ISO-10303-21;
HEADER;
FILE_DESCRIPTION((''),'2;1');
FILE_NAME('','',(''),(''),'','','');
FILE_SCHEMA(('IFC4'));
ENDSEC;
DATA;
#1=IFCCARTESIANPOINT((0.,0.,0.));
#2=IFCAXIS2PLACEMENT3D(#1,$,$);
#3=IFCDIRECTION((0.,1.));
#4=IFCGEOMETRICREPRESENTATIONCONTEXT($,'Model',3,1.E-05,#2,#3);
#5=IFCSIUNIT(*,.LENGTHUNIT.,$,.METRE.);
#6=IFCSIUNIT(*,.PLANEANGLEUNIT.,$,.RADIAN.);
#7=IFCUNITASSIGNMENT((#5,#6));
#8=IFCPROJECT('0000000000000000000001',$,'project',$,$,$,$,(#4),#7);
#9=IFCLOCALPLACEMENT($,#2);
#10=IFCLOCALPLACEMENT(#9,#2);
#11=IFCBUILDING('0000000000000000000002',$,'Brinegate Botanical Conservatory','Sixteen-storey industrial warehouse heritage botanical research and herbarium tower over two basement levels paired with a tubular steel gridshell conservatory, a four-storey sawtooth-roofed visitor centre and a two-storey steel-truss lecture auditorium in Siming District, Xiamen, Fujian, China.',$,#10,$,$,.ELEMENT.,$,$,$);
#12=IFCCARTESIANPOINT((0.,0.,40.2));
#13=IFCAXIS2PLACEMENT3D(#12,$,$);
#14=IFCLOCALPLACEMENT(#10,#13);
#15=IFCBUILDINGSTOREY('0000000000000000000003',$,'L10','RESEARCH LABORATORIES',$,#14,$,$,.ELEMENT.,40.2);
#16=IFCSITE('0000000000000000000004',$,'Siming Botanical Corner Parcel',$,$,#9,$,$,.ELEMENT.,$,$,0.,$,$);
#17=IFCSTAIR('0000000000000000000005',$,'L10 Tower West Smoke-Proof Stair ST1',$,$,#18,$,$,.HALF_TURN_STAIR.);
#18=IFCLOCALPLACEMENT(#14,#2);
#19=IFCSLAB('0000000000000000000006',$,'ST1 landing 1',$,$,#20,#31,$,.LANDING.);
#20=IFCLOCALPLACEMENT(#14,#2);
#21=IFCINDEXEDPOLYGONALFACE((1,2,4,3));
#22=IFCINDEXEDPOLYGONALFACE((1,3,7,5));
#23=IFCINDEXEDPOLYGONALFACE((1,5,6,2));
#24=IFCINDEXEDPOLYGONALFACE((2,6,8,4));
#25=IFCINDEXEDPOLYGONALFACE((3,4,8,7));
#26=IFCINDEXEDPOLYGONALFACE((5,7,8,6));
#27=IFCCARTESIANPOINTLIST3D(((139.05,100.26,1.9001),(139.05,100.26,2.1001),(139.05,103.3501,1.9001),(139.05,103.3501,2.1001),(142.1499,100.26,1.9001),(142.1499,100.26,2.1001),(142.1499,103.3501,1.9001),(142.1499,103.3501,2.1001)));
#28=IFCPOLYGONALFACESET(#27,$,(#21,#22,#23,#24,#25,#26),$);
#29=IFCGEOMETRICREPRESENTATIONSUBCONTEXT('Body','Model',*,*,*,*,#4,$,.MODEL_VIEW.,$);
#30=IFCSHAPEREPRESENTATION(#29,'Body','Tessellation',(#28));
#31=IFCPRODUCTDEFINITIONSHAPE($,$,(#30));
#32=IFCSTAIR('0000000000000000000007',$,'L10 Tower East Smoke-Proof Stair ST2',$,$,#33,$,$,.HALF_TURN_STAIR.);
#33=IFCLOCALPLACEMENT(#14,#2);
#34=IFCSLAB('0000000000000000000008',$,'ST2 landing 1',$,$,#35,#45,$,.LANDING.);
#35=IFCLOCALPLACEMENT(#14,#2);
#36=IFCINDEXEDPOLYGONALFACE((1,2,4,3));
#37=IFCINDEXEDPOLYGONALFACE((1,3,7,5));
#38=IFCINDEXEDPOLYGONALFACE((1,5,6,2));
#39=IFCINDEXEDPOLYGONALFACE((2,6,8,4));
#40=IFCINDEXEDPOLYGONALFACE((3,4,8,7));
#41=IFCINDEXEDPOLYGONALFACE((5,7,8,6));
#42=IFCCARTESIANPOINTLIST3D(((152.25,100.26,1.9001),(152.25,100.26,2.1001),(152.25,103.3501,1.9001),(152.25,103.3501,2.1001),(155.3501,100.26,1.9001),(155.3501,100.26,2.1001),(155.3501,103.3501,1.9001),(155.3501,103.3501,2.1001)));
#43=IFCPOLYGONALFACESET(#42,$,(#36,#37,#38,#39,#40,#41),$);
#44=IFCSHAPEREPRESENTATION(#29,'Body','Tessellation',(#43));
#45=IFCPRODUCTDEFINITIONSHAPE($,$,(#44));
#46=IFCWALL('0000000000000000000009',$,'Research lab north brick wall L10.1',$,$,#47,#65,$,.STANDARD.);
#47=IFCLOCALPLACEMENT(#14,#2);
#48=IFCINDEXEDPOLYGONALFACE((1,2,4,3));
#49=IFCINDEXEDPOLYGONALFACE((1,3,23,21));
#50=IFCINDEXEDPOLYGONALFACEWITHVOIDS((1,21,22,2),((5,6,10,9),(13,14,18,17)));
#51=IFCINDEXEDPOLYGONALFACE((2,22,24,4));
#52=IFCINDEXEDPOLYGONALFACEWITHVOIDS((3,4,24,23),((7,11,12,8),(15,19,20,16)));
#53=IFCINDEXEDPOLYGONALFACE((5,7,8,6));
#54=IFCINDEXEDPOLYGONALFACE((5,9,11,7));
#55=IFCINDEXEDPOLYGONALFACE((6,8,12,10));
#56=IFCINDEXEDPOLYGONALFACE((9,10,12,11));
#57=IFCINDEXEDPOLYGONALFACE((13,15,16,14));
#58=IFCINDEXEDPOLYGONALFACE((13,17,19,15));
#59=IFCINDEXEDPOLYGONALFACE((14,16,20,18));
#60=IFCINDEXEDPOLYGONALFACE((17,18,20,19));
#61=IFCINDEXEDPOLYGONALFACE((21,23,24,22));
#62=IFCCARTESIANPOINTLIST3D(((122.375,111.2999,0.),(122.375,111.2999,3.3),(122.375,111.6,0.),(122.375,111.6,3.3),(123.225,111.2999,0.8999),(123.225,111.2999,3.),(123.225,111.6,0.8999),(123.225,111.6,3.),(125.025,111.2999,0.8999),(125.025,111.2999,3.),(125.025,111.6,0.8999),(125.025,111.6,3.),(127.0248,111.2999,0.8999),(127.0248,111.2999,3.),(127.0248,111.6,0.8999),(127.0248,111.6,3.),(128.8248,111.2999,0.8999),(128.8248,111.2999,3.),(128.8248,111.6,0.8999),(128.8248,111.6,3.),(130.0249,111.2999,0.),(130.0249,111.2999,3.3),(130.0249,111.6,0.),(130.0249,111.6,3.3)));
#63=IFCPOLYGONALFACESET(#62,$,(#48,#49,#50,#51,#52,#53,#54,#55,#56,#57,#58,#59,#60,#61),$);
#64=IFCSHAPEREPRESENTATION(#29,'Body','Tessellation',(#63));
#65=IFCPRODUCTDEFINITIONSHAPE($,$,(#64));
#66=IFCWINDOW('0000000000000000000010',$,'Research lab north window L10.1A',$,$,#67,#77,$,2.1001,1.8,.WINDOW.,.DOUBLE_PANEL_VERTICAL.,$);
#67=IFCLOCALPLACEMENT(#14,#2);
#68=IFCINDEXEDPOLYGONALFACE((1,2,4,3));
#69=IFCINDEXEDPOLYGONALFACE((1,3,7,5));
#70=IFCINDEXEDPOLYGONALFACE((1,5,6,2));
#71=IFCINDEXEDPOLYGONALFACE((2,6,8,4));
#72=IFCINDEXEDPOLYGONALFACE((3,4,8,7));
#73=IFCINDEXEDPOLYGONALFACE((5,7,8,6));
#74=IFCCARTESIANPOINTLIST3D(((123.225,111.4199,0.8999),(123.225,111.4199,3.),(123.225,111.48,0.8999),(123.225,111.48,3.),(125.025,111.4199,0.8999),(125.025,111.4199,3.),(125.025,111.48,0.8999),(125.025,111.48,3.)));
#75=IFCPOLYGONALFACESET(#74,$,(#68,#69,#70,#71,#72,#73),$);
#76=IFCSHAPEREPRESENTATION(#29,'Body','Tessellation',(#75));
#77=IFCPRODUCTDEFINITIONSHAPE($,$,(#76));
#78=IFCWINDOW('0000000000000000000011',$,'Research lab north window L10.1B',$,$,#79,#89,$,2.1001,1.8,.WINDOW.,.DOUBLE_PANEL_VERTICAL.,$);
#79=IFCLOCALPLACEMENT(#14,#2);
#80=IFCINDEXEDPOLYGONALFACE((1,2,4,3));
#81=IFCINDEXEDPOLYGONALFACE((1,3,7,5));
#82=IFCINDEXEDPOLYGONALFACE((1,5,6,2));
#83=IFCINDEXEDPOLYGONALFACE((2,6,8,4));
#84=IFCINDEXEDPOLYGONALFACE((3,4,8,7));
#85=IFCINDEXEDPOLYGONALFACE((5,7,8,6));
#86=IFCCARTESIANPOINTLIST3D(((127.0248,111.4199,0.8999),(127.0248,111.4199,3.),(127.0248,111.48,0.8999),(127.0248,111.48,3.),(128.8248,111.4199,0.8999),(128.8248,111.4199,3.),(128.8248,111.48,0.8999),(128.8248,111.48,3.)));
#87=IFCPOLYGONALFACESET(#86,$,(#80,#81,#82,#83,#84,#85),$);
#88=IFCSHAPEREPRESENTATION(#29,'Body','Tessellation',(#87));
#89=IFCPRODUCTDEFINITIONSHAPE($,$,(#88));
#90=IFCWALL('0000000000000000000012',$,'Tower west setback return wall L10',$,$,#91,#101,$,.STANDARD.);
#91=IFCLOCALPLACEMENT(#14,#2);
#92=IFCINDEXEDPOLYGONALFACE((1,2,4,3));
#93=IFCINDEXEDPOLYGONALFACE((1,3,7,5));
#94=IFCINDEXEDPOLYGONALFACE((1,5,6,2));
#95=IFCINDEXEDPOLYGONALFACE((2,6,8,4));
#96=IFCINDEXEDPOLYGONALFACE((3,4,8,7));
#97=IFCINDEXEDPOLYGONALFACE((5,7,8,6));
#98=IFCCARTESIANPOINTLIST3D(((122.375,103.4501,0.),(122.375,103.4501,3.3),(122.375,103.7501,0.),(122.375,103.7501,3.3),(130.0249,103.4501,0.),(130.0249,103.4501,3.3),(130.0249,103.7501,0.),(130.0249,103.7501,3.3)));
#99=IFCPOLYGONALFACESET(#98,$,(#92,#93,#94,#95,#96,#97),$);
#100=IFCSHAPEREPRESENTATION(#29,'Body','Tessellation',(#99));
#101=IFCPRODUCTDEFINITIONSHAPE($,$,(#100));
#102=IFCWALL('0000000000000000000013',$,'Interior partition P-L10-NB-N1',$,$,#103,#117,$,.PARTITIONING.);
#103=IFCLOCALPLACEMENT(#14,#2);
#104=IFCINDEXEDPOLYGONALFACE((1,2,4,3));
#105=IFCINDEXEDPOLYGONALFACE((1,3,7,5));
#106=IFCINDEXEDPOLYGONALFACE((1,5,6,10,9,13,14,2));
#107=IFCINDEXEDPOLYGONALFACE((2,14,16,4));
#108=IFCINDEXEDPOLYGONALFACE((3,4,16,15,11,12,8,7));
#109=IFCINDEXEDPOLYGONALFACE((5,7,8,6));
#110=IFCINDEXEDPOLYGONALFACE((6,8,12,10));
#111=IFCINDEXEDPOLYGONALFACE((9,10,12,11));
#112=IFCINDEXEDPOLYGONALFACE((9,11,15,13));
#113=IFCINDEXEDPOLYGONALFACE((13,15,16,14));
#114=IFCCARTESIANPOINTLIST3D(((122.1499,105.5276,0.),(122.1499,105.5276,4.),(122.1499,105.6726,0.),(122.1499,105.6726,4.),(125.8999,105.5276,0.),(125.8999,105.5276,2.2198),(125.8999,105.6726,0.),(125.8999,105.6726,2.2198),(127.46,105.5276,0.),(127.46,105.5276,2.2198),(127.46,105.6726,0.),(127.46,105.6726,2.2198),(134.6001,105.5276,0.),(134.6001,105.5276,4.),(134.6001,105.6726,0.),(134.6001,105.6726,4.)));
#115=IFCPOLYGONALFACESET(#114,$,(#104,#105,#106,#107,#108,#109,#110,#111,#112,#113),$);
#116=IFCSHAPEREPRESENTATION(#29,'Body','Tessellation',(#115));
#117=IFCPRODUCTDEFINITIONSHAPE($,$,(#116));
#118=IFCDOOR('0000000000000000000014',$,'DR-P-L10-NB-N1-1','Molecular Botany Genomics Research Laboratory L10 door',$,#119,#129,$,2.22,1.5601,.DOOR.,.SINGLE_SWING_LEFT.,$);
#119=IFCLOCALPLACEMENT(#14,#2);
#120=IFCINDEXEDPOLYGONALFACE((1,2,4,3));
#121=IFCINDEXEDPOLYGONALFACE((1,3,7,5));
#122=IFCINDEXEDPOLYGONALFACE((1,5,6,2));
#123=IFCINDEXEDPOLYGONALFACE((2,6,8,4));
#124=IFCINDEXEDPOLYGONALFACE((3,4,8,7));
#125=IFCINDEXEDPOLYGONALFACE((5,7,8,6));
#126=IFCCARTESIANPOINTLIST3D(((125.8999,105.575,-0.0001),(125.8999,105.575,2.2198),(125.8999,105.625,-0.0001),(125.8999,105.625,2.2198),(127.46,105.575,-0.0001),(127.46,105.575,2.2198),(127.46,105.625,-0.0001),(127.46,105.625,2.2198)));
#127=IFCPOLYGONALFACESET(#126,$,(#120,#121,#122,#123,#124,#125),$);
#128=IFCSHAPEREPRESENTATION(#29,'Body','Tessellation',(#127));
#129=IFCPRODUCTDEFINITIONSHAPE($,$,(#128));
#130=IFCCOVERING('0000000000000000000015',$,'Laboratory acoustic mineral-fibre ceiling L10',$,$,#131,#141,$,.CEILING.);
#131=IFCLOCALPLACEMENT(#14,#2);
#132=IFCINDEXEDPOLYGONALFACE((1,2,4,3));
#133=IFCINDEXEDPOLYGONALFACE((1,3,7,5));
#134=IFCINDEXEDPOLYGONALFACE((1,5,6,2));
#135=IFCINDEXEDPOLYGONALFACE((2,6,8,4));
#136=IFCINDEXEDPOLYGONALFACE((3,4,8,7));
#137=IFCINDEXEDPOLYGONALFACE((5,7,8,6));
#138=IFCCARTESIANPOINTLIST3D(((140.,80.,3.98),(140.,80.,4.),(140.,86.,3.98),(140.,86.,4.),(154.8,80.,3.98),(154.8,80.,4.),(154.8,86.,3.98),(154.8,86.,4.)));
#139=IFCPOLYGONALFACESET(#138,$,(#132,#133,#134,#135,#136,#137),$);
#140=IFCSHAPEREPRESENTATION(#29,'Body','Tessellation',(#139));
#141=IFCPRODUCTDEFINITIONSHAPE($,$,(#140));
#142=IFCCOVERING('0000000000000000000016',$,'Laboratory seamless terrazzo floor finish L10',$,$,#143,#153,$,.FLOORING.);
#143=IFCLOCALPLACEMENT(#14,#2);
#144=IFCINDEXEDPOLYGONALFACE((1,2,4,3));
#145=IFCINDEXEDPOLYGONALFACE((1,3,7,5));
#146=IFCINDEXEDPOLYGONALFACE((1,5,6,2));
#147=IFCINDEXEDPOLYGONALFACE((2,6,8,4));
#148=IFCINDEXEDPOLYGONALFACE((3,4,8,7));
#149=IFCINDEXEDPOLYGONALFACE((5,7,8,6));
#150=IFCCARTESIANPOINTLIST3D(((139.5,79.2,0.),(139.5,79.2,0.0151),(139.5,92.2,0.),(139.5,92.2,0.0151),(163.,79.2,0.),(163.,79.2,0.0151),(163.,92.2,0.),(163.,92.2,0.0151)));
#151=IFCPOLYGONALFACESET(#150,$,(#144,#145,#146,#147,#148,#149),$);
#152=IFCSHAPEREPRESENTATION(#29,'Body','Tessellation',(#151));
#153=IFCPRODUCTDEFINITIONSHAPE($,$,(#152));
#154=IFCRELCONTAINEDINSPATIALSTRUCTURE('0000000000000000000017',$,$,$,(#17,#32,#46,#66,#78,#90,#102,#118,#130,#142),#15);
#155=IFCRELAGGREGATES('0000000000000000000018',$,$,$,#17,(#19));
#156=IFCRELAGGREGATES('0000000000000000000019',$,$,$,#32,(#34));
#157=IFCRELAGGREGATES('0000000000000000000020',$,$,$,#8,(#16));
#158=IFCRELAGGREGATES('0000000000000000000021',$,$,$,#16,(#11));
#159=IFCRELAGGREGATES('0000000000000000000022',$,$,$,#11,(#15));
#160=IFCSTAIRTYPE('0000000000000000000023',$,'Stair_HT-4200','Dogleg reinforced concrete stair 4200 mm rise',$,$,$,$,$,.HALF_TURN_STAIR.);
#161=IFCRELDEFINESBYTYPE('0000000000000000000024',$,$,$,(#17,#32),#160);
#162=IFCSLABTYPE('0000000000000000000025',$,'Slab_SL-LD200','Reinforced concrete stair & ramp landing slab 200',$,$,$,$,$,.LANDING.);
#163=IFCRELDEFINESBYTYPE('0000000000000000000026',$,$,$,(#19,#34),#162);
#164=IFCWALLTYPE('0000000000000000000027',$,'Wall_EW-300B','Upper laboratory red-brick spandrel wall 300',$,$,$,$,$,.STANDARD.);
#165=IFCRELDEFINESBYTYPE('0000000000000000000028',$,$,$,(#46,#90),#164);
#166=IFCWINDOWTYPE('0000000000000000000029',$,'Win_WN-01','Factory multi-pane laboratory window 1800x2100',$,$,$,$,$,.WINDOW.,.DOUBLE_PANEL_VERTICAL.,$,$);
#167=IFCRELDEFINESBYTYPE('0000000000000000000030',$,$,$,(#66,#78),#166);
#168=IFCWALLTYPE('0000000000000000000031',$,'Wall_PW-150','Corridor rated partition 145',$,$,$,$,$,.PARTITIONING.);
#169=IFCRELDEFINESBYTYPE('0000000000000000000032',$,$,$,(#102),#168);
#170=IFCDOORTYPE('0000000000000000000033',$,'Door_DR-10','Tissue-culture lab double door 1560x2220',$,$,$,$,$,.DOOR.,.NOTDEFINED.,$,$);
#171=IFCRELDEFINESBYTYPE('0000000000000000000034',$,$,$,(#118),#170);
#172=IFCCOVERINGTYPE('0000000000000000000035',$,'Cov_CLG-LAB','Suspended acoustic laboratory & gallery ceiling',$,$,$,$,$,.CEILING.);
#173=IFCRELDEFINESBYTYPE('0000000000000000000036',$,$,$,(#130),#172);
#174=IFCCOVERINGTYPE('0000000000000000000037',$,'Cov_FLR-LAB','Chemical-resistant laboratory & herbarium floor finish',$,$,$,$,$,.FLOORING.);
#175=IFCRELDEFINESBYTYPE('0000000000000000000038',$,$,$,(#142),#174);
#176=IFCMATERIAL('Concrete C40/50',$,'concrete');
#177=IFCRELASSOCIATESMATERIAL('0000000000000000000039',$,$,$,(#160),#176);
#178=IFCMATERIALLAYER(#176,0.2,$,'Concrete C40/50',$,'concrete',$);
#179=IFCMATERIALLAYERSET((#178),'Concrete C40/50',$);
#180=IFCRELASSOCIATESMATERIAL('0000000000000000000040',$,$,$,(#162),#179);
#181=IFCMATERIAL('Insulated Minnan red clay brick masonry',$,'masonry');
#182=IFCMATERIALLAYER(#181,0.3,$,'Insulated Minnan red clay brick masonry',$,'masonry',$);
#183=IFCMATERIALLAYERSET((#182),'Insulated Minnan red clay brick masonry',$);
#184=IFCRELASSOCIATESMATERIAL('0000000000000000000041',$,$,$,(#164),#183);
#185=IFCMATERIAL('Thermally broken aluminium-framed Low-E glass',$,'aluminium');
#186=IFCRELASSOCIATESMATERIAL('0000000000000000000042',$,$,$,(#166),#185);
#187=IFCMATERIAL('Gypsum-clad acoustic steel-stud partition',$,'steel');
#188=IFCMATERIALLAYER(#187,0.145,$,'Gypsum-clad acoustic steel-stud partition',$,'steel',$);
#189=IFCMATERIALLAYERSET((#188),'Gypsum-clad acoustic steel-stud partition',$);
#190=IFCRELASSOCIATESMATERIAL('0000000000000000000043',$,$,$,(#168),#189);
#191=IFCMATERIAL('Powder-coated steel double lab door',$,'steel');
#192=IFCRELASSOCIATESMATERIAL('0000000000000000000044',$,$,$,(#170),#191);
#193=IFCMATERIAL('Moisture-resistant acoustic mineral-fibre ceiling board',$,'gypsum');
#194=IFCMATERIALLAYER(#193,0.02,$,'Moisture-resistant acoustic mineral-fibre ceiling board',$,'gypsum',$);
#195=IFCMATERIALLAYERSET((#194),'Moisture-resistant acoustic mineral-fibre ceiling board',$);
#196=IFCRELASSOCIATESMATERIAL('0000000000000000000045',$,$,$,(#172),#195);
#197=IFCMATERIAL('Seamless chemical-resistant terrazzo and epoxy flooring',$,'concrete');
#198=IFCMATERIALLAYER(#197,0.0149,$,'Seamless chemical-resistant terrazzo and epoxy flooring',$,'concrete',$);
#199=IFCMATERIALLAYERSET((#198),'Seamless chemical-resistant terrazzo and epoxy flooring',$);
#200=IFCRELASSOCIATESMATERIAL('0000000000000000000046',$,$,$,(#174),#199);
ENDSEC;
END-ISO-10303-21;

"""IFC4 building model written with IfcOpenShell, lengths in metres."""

from ifc_helpers import new_model, si_unit, direction, frame, frame_2d, origin, place, context, subcontext, project, spatial, polyline, rectangle, outline, extrude, material, layer, layer_set, type_object, element, fill, aggregate, save


model = new_model("IFC4")

# Units and contexts
model_context = context("Model", 3, precision=1e-05, world=origin(), true_north=direction((0.0, 1.0)))
body_context = subcontext(model_context, "Body", "Model", "MODEL_VIEW")
ifc_project = project(units=[si_unit("LENGTHUNIT", "METRE"), si_unit("PLANEANGLEUNIT", "RADIAN")], contexts=[model_context])

# Site, building, storey
site_placement = place(None, origin())
site = spatial("IfcSite", under=ifc_project, at=site_placement, Name="Siming Botanical Corner Parcel", CompositionType="ELEMENT", RefElevation=0.0)
building_placement = place(site_placement, origin())
building = spatial("IfcBuilding", under=site, at=building_placement, Name="Brinegate Botanical Conservatory", Description="Sixteen-storey industrial warehouse heritage botanical research and herbarium tower over two basement levels paired with a tubular steel gridshell conservatory, a four-storey sawtooth-roofed visitor centre and a two-storey steel-truss lecture auditorium in Siming District, Xiamen, Fujian, China.", CompositionType="ELEMENT")
storey_placement = place(building_placement, frame((0.0, 0.0, 40.2)))
storey = spatial("IfcBuildingStorey", under=building, at=storey_placement, Name="L10", Description="RESEARCH LABORATORIES", CompositionType="ELEMENT", Elevation=40.2)

# Shared definitions
ifc_material_1 = material(Name="Concrete C40/50", Category="concrete")

# Stairs, slabs
stair_type = type_object("IfcStairType", Name="Stair_HT-4200", Description="Dogleg reinforced concrete stair 4200 mm rise", PredefinedType="HALF_TURN_STAIR", material=ifc_material_1)
stair_1_placement = place(storey_placement, origin())
stair_1 = element("IfcStair", 1, at=stair_1_placement, inside=storey, type_object=stair_type, Name="L10 Tower West Smoke-Proof Stair ST1", PredefinedType="HALF_TURN_STAIR")
ifc_layer_1 = layer(ifc_material_1, 0.2, Name="Concrete C40/50", Category="concrete")
ifc_layer_set_1 = layer_set([ifc_layer_1], Name="Concrete C40/50")
slab_type_1 = type_object("IfcSlabType", Name="Slab_SL-LD200", Description="Reinforced concrete stair & ramp landing slab 200", PredefinedType="LANDING", material=ifc_layer_set_1)
slab_1_placement = place(storey_placement, frame((0.0, 0.0, 1.9001)))
slab_1 = element("IfcSlab", 2, at=slab_1_placement, type_object=slab_type_1, Name="ST1 landing 1", PredefinedType="LANDING", context=body_context, shape_type="SweptSolid", body=[
    extrude(outline(polyline([(142.1499, 100.26), (142.1499, 103.3501), (139.05, 103.3501), (139.05, 100.26), (142.1499, 100.26)])), origin(), (0.0, 0.0, 1.0), 0.2),
])
aggregate(stair_1, [slab_1])
stair_2_placement = place(storey_placement, origin())
stair_2 = element("IfcStair", 3, at=stair_2_placement, inside=storey, type_object=stair_type, Name="L10 Tower East Smoke-Proof Stair ST2", PredefinedType="HALF_TURN_STAIR")
slab_2_placement = place(storey_placement, frame((0.0, 0.0, 1.9001)))
slab_2 = element("IfcSlab", 4, at=slab_2_placement, type_object=slab_type_1, Name="ST2 landing 1", PredefinedType="LANDING", context=body_context, shape_type="SweptSolid", body=[
    extrude(outline(polyline([(155.3501, 100.26), (155.3501, 103.3501), (152.25, 103.3501), (152.25, 100.26), (155.3501, 100.26)])), origin(), (0.0, 0.0, 1.0), 0.2),
])
aggregate(stair_2, [slab_2])

# Wall, openings, windows
ifc_material_2 = material(Name="Insulated Minnan red clay brick masonry", Category="masonry")
ifc_layer_2 = layer(ifc_material_2, 0.3, Name="Insulated Minnan red clay brick masonry", Category="masonry")
ifc_layer_set_2 = layer_set([ifc_layer_2], Name="Insulated Minnan red clay brick masonry")
wall_type_1 = type_object("IfcWallType", Name="Wall_EW-300B", Description="Upper laboratory red-brick spandrel wall 300", PredefinedType="STANDARD", material=ifc_layer_set_2)
wall_1_placement = place(storey_placement, frame((122.375, 111.45, 0.0), z_axis=(0.0, 0.0, 1.0), x_axis=(1.0, 0.0, 0.0)))
wall_1 = element("IfcWall", 5, at=wall_1_placement, inside=storey, type_object=wall_type_1, Name="Research lab north brick wall L10.1", PredefinedType="STANDARD", context=body_context, shape_type="SweptSolid", body=[
    extrude(rectangle(XDim=7.6499, YDim=0.3, at=frame_2d((3.825, 0.0))), origin(), (0.0, 0.0, 1.0), 3.3),
])
opening_1_placement = place(wall_1_placement, frame((0.8501, 0.0, 0.8999)))
opening_1 = element("IfcOpeningElement", 6, at=opening_1_placement, cuts=wall_1, PredefinedType="OPENING", context=body_context, shape_type="SweptSolid", body=[
    extrude(rectangle(XDim=1.8, YDim=2.1001, at=frame_2d((0.8999, 1.05))), frame((0.0, 0.1599, 0.0), z_axis=(0.0, -1.0, 0.0), x_axis=(1.0, 0.0, 0.0)), (0.0, 0.0, 1.0), 0.3201),
])
opening_2_placement = place(wall_1_placement, frame((4.6499, 0.0, 0.8999)))
opening_2 = element("IfcOpeningElement", 7, at=opening_2_placement, cuts=wall_1, PredefinedType="OPENING", context=body_context, shape_type="SweptSolid", body=[
    extrude(rectangle(XDim=1.8, YDim=2.1001, at=frame_2d((0.8999, 1.05))), frame((0.0, 0.1599, 0.0), z_axis=(0.0, -1.0, 0.0), x_axis=(1.0, 0.0, 0.0)), (0.0, 0.0, 1.0), 0.3201),
])
ifc_material_3 = material(Name="Thermally broken aluminium-framed Low-E glass", Category="aluminium")
window_type = type_object("IfcWindowType", Name="Win_WN-01", Description="Factory multi-pane laboratory window 1800x2100", PartitioningType="DOUBLE_PANEL_VERTICAL", PredefinedType="WINDOW", material=ifc_material_3)
window_1_placement = place(opening_1_placement, origin())
window_1 = element("IfcWindow", 8, at=window_1_placement, inside=storey, type_object=window_type, Name="Research lab north window L10.1A", OverallHeight=2.1001, OverallWidth=1.8, PartitioningType="DOUBLE_PANEL_VERTICAL", PredefinedType="WINDOW", context=body_context, shape_type="SweptSolid", body=[
    extrude(rectangle(XDim=1.8, YDim=2.1001, at=frame_2d((0.8999, 1.05))), frame((0.0, 0.03, 0.0), z_axis=(0.0, -1.0, 0.0), x_axis=(1.0, 0.0, 0.0)), (0.0, 0.0, 1.0), 0.0601),
])
fill(opening_1, window_1)
window_2_placement = place(opening_2_placement, origin())
window_2 = element("IfcWindow", 9, at=window_2_placement, inside=storey, type_object=window_type, Name="Research lab north window L10.1B", OverallHeight=2.1001, OverallWidth=1.8, PartitioningType="DOUBLE_PANEL_VERTICAL", PredefinedType="WINDOW", context=body_context, shape_type="SweptSolid", body=[
    extrude(rectangle(XDim=1.8, YDim=2.1001, at=frame_2d((0.8999, 1.05))), frame((0.0, 0.03, 0.0), z_axis=(0.0, -1.0, 0.0), x_axis=(1.0, 0.0, 0.0)), (0.0, 0.0, 1.0), 0.0601),
])
fill(opening_2, window_2)

# Wall
wall_2_placement = place(storey_placement, frame((130.0249, 103.6001, 0.0), z_axis=(0.0, 0.0, 1.0), x_axis=(-1.0, 0.0, 0.0)))
element("IfcWall", 10, at=wall_2_placement, inside=storey, type_object=wall_type_1, Name="Tower west setback return wall L10", PredefinedType="STANDARD", context=body_context, shape_type="SweptSolid", body=[
    extrude(rectangle(XDim=7.6499, YDim=0.3, at=frame_2d((3.825, 0.0))), origin(), (0.0, 0.0, 1.0), 3.3),
])

# Wall, opening, door
ifc_material_4 = material(Name="Gypsum-clad acoustic steel-stud partition", Category="steel")
ifc_layer_3 = layer(ifc_material_4, 0.145, Name="Gypsum-clad acoustic steel-stud partition", Category="steel")
ifc_layer_set_3 = layer_set([ifc_layer_3], Name="Gypsum-clad acoustic steel-stud partition")
wall_type_2 = type_object("IfcWallType", Name="Wall_PW-150", Description="Corridor rated partition 145", PredefinedType="PARTITIONING", material=ifc_layer_set_3)
wall_3_placement = place(storey_placement, frame((122.1499, 105.6001, 0.0), z_axis=(0.0, 0.0, 1.0), x_axis=(1.0, 0.0, 0.0)))
wall_3 = element("IfcWall", 11, at=wall_3_placement, inside=storey, type_object=wall_type_2, Name="Interior partition P-L10-NB-N1", PredefinedType="PARTITIONING", context=body_context, shape_type="SweptSolid", body=[
    extrude(rectangle(XDim=12.4502, YDim=0.145, at=frame_2d((6.2251, 0.0))), origin(), (0.0, 0.0, 1.0), 4.0),
])
opening_3_placement = place(wall_3_placement, frame((3.75, 0.0, 0.0)))
opening_3 = element("IfcOpeningElement", 12, at=opening_3_placement, cuts=wall_3, PredefinedType="OPENING", context=body_context, shape_type="SweptSolid", body=[
    extrude(rectangle(XDim=1.5601, YDim=2.22, at=frame_2d((0.78, 1.1099))), frame((0.0, 0.0825, 0.0), z_axis=(0.0, -1.0, 0.0), x_axis=(1.0, 0.0, 0.0)), (0.0, 0.0, 1.0), 0.165),
])
ifc_material_5 = material(Name="Powder-coated steel double lab door", Category="steel")
door_type = type_object("IfcDoorType", Name="Door_DR-10", Description="Tissue-culture lab double door 1560x2220", OperationType="NOTDEFINED", PredefinedType="DOOR", material=ifc_material_5)
door_placement = place(opening_3_placement, origin())
door = element("IfcDoor", 13, at=door_placement, inside=storey, type_object=door_type, Name="DR-P-L10-NB-N1-1", Description="Molecular Botany Genomics Research Laboratory L10 door", OperationType="SINGLE_SWING_LEFT", OverallHeight=2.22, OverallWidth=1.5601, PredefinedType="DOOR", context=body_context, shape_type="SweptSolid", body=[
    extrude(rectangle(XDim=1.5601, YDim=2.22, at=frame_2d((0.78, 1.1099))), frame((0.0, 0.0249, 0.0), z_axis=(0.0, -1.0, 0.0), x_axis=(1.0, 0.0, 0.0)), (0.0, 0.0, 1.0), 0.05),
])
fill(opening_3, door)

# Coverings
ifc_material_6 = material(Name="Moisture-resistant acoustic mineral-fibre ceiling board", Category="gypsum")
ifc_layer_4 = layer(ifc_material_6, 0.02, Name="Moisture-resistant acoustic mineral-fibre ceiling board", Category="gypsum")
ifc_layer_set_4 = layer_set([ifc_layer_4], Name="Moisture-resistant acoustic mineral-fibre ceiling board")
covering_type_1 = type_object("IfcCoveringType", Name="Cov_CLG-LAB", Description="Suspended acoustic laboratory & gallery ceiling", PredefinedType="CEILING", material=ifc_layer_set_4)
covering_1_placement = place(storey_placement, frame((0.0, 0.0, 3.98)))
element("IfcCovering", 14, at=covering_1_placement, inside=storey, type_object=covering_type_1, Name="Laboratory acoustic mineral-fibre ceiling L10", PredefinedType="CEILING", context=body_context, shape_type="SweptSolid", body=[
    extrude(outline(polyline([(140.0, 80.0), (154.8, 80.0), (154.8, 86.0), (140.0, 86.0), (140.0, 80.0)])), origin(), (0.0, 0.0, 1.0), 0.02),
])
ifc_material_7 = material(Name="Seamless chemical-resistant terrazzo and epoxy flooring", Category="concrete")
ifc_layer_5 = layer(ifc_material_7, 0.0149, Name="Seamless chemical-resistant terrazzo and epoxy flooring", Category="concrete")
ifc_layer_set_5 = layer_set([ifc_layer_5], Name="Seamless chemical-resistant terrazzo and epoxy flooring")
covering_type_2 = type_object("IfcCoveringType", Name="Cov_FLR-LAB", Description="Chemical-resistant laboratory & herbarium floor finish", PredefinedType="FLOORING", material=ifc_layer_set_5)
covering_2_placement = place(storey_placement, origin())
element("IfcCovering", 15, at=covering_2_placement, inside=storey, type_object=covering_type_2, Name="Laboratory seamless terrazzo floor finish L10", PredefinedType="FLOORING", context=body_context, shape_type="SweptSolid", body=[
    extrude(outline(polyline([(139.5, 79.2), (163.0, 79.2), (163.0, 92.2), (139.5, 92.2), (139.5, 79.2)])), origin(), (0.0, 0.0, 1.0), 0.0151),
])

save(model, "model.ifc")
